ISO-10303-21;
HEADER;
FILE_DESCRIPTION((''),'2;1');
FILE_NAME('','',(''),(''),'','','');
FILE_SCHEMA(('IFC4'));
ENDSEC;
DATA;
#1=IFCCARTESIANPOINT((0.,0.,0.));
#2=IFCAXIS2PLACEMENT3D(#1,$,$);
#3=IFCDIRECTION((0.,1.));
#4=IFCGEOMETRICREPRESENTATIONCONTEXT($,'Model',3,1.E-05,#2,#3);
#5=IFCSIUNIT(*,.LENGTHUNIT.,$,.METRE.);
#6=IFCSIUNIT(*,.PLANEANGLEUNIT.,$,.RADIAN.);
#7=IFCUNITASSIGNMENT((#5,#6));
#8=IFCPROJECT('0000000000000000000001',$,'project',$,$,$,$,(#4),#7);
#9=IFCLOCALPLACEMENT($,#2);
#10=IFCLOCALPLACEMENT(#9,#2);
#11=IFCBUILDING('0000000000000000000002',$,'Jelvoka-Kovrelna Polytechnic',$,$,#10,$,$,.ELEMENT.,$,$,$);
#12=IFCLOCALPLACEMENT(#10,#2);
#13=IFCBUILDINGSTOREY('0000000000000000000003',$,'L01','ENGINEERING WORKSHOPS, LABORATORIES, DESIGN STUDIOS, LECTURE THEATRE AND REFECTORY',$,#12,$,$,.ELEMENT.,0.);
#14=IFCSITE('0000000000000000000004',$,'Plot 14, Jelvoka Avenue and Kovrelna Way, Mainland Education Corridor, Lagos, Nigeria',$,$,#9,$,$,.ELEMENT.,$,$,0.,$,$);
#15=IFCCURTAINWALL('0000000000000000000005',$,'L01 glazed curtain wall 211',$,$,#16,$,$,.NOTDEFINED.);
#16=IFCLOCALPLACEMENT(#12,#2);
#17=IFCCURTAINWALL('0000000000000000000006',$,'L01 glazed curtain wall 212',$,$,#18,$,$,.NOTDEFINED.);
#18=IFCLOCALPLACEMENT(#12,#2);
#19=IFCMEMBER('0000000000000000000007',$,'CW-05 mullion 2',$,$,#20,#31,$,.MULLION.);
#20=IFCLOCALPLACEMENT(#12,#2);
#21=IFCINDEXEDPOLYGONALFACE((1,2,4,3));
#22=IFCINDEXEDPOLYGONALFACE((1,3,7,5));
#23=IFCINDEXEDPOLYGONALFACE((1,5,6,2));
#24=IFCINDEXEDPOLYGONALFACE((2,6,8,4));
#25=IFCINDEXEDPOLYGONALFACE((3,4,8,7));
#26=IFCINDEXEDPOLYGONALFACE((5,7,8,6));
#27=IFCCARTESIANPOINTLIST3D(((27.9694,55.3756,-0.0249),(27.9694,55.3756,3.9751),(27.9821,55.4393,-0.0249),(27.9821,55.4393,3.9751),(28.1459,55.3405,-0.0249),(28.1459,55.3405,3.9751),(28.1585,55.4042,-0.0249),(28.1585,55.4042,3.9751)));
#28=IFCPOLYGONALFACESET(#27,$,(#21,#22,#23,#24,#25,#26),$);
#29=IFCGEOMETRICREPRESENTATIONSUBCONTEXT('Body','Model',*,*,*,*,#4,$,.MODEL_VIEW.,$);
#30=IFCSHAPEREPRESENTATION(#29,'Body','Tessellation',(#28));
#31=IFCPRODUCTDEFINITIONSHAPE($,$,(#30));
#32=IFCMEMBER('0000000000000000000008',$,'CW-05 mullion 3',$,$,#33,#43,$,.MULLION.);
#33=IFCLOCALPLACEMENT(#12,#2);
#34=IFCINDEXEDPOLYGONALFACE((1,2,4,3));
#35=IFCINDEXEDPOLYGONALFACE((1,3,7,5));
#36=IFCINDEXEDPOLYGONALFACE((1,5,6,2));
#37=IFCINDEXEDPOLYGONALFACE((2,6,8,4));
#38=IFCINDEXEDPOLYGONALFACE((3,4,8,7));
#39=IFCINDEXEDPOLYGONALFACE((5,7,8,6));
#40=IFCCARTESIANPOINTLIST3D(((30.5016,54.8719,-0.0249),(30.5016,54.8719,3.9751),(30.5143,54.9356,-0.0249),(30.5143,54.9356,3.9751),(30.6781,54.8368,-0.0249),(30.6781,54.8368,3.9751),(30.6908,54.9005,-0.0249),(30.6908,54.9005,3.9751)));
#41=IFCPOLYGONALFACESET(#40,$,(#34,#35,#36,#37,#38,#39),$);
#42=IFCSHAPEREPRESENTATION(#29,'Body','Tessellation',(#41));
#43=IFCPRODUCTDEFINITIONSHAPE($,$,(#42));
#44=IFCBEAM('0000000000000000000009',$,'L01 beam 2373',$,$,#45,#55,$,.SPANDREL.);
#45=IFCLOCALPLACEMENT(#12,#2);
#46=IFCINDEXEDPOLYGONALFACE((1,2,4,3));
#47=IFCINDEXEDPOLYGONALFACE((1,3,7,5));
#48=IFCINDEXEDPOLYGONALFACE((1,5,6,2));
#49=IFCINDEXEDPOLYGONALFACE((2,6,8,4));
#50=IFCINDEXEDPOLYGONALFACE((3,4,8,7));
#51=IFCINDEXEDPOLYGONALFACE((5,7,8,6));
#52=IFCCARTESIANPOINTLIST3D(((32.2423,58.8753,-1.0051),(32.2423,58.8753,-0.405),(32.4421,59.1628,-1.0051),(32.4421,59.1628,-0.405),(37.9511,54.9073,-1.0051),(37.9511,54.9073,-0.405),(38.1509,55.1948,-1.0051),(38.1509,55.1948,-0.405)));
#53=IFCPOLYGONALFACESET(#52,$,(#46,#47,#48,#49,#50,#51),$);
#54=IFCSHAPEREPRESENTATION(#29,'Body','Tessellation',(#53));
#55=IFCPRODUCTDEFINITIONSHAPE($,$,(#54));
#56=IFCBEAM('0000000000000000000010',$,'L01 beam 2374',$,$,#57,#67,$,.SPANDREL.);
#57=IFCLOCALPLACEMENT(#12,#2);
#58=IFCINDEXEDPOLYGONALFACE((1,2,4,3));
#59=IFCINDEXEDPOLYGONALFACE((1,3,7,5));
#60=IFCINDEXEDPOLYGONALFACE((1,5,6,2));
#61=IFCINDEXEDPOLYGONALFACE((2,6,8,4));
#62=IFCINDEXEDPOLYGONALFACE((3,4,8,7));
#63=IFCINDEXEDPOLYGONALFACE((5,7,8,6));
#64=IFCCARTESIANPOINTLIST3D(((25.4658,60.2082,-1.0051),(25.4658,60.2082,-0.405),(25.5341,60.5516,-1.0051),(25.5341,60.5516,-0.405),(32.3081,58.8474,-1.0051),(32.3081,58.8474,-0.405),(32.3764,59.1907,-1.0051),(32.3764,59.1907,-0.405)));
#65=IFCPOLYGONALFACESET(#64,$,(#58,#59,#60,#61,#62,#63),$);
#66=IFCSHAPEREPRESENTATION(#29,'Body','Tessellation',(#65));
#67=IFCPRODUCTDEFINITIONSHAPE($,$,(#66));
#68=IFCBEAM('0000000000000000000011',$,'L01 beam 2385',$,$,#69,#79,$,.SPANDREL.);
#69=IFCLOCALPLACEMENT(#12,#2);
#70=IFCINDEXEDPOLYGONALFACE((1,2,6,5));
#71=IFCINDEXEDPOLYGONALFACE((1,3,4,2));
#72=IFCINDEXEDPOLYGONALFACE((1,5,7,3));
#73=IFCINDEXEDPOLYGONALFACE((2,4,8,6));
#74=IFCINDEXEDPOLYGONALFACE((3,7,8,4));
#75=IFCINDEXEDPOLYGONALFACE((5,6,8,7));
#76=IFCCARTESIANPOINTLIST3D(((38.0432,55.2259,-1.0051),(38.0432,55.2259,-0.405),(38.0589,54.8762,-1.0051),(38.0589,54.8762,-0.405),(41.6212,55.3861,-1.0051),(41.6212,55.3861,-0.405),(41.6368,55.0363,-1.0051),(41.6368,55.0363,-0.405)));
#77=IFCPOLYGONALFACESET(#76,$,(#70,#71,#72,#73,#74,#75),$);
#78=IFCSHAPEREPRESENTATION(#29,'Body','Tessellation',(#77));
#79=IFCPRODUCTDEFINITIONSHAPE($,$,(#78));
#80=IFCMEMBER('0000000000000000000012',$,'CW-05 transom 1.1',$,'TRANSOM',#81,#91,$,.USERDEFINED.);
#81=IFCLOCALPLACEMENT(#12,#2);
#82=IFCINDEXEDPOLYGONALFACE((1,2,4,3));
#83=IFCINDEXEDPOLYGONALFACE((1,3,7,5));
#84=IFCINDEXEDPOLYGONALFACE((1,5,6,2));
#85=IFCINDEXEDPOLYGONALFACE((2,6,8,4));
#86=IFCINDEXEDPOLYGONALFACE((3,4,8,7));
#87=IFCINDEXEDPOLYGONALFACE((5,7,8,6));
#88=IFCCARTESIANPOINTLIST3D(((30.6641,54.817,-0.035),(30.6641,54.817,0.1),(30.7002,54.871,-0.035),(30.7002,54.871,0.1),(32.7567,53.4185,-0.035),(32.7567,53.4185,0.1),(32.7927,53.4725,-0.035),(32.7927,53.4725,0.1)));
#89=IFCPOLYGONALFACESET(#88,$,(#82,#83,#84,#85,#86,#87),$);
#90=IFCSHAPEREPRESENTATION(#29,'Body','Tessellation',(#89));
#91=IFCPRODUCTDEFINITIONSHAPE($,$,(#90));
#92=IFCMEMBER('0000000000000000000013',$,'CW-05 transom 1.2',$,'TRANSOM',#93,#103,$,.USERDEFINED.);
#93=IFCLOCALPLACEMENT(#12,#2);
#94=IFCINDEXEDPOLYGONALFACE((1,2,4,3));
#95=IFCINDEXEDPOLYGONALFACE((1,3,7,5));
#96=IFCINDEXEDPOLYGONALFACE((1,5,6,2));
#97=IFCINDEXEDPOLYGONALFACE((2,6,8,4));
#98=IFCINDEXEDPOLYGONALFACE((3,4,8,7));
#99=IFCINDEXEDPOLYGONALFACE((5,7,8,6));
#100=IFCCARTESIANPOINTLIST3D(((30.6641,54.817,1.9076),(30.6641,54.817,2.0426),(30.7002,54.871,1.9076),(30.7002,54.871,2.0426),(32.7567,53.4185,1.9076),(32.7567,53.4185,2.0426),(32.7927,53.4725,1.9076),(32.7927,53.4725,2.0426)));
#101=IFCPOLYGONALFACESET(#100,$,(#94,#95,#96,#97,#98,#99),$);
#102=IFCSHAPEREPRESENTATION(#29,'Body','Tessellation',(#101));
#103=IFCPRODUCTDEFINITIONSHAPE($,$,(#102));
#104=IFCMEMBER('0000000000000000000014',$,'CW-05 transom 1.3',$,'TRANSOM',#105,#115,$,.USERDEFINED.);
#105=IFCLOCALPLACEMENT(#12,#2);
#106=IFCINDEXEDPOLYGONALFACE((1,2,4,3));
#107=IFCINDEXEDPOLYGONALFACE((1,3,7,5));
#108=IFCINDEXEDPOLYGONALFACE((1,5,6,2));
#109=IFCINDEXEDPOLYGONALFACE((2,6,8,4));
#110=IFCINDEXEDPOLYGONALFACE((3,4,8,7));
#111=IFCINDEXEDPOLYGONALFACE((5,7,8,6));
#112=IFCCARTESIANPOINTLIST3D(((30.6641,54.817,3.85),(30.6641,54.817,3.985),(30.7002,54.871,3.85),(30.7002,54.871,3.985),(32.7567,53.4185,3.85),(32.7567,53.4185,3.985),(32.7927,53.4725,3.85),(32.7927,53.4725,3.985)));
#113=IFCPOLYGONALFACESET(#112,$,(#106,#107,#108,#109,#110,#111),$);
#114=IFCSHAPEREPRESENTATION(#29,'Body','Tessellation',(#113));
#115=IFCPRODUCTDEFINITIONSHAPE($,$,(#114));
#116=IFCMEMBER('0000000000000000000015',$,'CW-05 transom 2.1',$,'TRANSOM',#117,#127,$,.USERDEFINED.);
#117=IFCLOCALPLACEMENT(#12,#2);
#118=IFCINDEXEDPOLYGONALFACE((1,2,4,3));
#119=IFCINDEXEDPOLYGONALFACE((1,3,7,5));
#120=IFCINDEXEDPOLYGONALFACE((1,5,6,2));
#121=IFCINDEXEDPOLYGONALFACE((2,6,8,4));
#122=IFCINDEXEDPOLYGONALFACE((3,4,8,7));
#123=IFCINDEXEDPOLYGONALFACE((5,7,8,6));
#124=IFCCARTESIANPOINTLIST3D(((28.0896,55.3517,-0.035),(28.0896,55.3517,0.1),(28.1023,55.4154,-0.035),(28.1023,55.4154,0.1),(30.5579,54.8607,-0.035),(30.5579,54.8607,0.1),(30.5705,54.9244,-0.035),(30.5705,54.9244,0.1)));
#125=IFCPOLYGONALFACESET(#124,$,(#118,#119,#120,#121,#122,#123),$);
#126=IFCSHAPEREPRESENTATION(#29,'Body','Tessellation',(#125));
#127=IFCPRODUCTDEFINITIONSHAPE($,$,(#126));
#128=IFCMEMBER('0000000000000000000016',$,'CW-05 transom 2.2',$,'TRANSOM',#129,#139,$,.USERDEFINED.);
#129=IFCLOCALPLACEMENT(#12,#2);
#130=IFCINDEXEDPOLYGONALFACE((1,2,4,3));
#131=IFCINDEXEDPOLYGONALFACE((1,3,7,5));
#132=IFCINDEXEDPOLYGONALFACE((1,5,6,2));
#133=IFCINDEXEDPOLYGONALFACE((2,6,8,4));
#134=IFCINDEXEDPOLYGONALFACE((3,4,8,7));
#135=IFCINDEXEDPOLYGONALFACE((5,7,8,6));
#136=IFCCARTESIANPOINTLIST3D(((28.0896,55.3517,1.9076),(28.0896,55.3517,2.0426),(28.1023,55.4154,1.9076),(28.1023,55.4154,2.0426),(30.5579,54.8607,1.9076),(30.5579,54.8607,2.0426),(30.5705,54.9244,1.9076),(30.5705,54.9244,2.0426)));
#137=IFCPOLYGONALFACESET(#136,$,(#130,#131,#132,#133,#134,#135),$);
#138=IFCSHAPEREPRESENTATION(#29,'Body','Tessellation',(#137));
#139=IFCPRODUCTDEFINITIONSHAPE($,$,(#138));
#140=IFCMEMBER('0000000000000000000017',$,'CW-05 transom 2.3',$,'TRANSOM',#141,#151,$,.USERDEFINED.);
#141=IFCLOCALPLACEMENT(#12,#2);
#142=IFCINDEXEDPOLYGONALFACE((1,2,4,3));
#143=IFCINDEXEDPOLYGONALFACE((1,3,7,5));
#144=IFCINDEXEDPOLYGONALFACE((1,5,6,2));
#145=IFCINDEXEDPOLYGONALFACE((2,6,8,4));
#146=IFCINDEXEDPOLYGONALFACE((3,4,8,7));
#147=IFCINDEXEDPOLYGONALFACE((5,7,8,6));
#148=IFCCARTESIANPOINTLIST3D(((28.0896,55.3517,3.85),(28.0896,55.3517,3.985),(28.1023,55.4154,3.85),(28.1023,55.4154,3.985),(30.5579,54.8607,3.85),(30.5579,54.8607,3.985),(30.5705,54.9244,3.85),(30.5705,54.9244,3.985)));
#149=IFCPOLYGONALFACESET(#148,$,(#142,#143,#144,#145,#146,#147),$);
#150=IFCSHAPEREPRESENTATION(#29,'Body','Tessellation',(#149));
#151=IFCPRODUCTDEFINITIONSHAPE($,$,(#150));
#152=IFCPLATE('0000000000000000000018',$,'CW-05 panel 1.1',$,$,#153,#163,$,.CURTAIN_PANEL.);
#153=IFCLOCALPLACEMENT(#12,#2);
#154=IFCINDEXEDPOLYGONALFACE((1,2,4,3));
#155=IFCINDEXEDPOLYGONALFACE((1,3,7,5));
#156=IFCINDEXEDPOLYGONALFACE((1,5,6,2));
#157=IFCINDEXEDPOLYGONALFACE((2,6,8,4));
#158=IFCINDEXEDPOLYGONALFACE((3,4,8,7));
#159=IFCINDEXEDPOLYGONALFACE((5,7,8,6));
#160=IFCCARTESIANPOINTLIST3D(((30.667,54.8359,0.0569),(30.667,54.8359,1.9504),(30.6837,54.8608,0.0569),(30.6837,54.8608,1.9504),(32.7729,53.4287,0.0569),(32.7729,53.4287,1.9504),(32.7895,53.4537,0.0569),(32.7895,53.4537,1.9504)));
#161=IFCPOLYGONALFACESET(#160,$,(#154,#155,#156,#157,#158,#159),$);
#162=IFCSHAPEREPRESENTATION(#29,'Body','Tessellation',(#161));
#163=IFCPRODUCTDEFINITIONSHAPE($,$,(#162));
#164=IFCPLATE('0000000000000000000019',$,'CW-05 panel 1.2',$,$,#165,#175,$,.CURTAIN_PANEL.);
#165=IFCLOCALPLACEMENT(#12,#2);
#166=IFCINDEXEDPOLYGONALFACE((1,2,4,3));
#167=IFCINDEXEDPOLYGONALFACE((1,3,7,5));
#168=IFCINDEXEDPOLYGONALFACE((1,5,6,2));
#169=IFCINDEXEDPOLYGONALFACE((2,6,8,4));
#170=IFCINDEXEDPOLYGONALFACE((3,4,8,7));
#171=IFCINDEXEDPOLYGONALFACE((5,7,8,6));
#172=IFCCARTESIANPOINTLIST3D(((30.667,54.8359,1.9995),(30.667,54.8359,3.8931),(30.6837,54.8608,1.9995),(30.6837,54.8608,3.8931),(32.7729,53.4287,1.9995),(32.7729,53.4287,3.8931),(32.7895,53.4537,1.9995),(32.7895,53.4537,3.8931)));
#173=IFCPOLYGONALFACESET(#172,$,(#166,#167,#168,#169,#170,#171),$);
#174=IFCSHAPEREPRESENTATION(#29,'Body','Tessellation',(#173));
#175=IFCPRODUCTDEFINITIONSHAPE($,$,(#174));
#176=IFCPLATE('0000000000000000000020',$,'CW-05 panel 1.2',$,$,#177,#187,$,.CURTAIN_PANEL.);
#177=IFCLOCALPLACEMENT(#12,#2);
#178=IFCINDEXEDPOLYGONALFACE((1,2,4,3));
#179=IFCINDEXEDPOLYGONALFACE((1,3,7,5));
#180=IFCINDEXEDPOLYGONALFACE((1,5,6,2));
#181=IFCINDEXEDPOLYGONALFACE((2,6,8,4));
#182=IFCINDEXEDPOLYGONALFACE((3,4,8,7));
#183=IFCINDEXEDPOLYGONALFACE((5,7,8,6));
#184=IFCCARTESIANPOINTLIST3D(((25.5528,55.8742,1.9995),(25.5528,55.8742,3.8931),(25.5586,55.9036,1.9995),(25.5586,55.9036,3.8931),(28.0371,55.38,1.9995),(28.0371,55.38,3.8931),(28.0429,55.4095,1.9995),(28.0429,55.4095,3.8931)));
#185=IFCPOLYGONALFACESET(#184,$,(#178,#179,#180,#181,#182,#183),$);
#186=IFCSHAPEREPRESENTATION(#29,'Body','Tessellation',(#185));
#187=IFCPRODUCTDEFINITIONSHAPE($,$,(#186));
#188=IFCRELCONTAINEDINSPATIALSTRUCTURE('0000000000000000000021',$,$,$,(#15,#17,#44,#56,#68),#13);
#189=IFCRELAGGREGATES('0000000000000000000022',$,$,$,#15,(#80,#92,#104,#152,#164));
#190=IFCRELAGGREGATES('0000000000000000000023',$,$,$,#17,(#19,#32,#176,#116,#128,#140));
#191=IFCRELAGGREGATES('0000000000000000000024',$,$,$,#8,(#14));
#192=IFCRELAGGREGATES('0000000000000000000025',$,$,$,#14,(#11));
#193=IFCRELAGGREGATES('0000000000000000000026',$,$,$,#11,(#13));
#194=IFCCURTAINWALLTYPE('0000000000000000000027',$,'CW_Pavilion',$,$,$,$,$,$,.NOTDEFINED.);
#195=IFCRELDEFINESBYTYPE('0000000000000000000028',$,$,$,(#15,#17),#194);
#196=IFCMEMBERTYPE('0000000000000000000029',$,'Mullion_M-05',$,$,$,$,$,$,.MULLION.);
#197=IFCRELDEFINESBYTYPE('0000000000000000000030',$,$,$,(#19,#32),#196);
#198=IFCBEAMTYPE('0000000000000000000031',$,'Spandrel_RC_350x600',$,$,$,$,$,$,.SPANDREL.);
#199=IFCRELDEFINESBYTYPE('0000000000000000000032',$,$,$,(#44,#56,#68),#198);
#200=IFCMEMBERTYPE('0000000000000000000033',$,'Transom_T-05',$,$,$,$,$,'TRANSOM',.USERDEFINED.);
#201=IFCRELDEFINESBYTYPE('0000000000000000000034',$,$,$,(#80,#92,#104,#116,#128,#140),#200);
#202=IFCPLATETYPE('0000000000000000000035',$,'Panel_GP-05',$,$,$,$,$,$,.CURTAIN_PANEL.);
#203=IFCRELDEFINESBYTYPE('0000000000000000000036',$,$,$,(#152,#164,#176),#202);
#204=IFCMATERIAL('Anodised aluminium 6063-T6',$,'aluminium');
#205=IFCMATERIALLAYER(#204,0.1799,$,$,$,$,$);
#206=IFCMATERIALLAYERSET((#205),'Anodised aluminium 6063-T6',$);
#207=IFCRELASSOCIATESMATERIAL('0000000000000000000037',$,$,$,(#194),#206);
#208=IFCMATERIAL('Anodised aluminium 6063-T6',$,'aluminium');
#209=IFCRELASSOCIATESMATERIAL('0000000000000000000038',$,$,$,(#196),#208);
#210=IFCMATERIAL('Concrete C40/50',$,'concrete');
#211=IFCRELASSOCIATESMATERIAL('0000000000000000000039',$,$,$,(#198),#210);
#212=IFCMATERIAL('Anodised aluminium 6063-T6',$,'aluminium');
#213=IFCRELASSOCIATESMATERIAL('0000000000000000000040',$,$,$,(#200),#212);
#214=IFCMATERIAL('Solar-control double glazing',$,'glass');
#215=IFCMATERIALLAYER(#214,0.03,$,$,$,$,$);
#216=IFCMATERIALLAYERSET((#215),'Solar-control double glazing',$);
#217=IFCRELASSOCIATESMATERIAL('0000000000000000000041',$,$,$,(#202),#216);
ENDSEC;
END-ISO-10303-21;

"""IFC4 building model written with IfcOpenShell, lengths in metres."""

from ifc_helpers import new_model, si_unit, direction, frame, origin, origin_2d, place, context, subcontext, project, spatial, rectangle, extrude, material, layer, layer_set, material_profile, profile_set, type_object, element, aggregate, save


model = new_model("IFC4")

# Units and contexts
model_context = context("Model", 3, precision=1e-05, world=origin(), true_north=direction((0.0, 1.0)))
body_context = subcontext(model_context, "Body", "Model", "MODEL_VIEW")
ifc_project = project(units=[si_unit("LENGTHUNIT", "METRE"), si_unit("PLANEANGLEUNIT", "RADIAN")], contexts=[model_context])

# Site, building, storey
site_placement = place(None, origin())
site = spatial("IfcSite", under=ifc_project, at=site_placement, Name="Plot 14, Jelvoka Avenue and Kovrelna Way, Mainland Education Corridor, Lagos, Nigeria", CompositionType="ELEMENT", RefElevation=0.0)
building_placement = place(site_placement, origin())
building = spatial("IfcBuilding", under=site, at=building_placement, Name="Jelvoka-Kovrelna Polytechnic", CompositionType="ELEMENT")
storey_placement = place(building_placement, origin())
storey = spatial("IfcBuildingStorey", under=building, at=storey_placement, Name="L01", Description="ENGINEERING WORKSHOPS, LABORATORIES, DESIGN STUDIOS, LECTURE THEATRE AND REFECTORY", CompositionType="ELEMENT", Elevation=0.0)

# Curtain wall
ifc_material_1 = material(Name="Anodised aluminium 6063-T6", Category="aluminium")
ifc_layer_1 = layer(ifc_material_1, 0.1799)
ifc_layer_set_1 = layer_set([ifc_layer_1], Name="Anodised aluminium 6063-T6")
curtain_wall_type = type_object("IfcCurtainWallType", Name="CW_Pavilion", PredefinedType="NOTDEFINED", material=ifc_layer_set_1)
curtain_wall_1_placement = place(storey_placement, origin())
curtain_wall_1 = element("IfcCurtainWall", 1, at=curtain_wall_1_placement, inside=storey, type_object=curtain_wall_type, Name="L01 glazed curtain wall 211", PredefinedType="NOTDEFINED")
ifc_material_2 = material(Name="Anodised aluminium 6063-T6", Category="aluminium")
ifc_material_profile_1 = material_profile(ifc_material_2, rectangle(XDim=0.0649, YDim=0.1799, at=origin_2d()), Name="ALU 65x180")
ifc_profile_set_1 = profile_set([ifc_material_profile_1], Name="Anodised aluminium 6063-T6")
member_type_1 = type_object("IfcMemberType", Name="Mullion_M-05", PredefinedType="MULLION", material=ifc_profile_set_1)

# Curtain wall, members
curtain_wall_2_placement = place(storey_placement, origin())
curtain_wall_2 = element("IfcCurtainWall", 2, at=curtain_wall_2_placement, inside=storey, type_object=curtain_wall_type, Name="L01 glazed curtain wall 212", PredefinedType="NOTDEFINED")
member_1_placement = place(storey_placement, frame((28.064, 55.3899, -0.0249), z_axis=(0.0, 0.0, 1.0), x_axis=(0.195086, 0.980786, 0.0)))
member_1 = element("IfcMember", 3, at=member_1_placement, type_object=member_type_1, Name="CW-05 mullion 2", PredefinedType="MULLION", context=body_context, shape_type="SweptSolid", body=[
    extrude(rectangle(XDim=0.0649, YDim=0.1799, at=origin_2d()), origin(), (0.0, 0.0, 1.0), 4.0),
])
member_2_placement = place(storey_placement, frame((30.5962, 54.8862, -0.0249), z_axis=(0.0, 0.0, 1.0), x_axis=(0.195086, 0.980786, 0.0)))
member_2 = element("IfcMember", 4, at=member_2_placement, type_object=member_type_1, Name="CW-05 mullion 3", PredefinedType="MULLION", context=body_context, shape_type="SweptSolid", body=[
    extrude(rectangle(XDim=0.0649, YDim=0.1799, at=origin_2d()), origin(), (0.0, 0.0, 1.0), 4.0),
])

# Beams
ifc_material_3 = material(Name="Concrete C40/50", Category="concrete")
ifc_material_profile_2 = material_profile(ifc_material_3, rectangle(XDim=0.3501, YDim=0.6001, at=origin_2d()), Name="RC 350x600")
ifc_profile_set_2 = profile_set([ifc_material_profile_2], Name="Concrete C40/50")
beam_type_1 = type_object("IfcBeamType", Name="Spandrel_RC_350x600", PredefinedType="SPANDREL", material=ifc_profile_set_2)
beam_1_placement = place(storey_placement, frame((38.051, 55.051, -0.7051), z_axis=(-0.821126, 0.570747, 0.0), x_axis=(-0.570747, -0.821126, 0.0)))
element("IfcBeam", 5, at=beam_1_placement, inside=storey, type_object=beam_type_1, Name="L01 beam 2373", PredefinedType="SPANDREL", context=body_context, shape_type="SweptSolid", body=[
    extrude(rectangle(XDim=0.3501, YDim=0.6001, at=origin_2d()), origin(), (0.0, 0.0, 1.0), 6.9524),
])
beam_2_placement = place(storey_placement, frame((32.3423, 59.019, -0.7051), z_axis=(-0.98079, 0.195066, 0.0), x_axis=(-0.195066, -0.98079, 0.0)))
element("IfcBeam", 6, at=beam_2_placement, inside=storey, type_object=beam_type_1, Name="L01 beam 2374", PredefinedType="SPANDREL", context=body_context, shape_type="SweptSolid", body=[
    extrude(rectangle(XDim=0.3501, YDim=0.6001, at=origin_2d()), origin(), (0.0, 0.0, 1.0), 6.9763),
])
beam_3_placement = place(storey_placement, frame((38.051, 55.051, -0.7051), z_axis=(0.999, 0.044718, 0.0), x_axis=(-0.044718, 0.999, 0.0)))
element("IfcBeam", 7, at=beam_3_placement, inside=storey, type_object=beam_type_1, Name="L01 beam 2385", PredefinedType="SPANDREL", context=body_context, shape_type="SweptSolid", body=[
    extrude(rectangle(XDim=0.3501, YDim=0.6001, at=origin_2d()), origin(), (0.0, 0.0, 1.0), 3.5815),
])

# Members
ifc_material_4 = material(Name="Anodised aluminium 6063-T6", Category="aluminium")
ifc_material_profile_3 = material_profile(ifc_material_4, rectangle(XDim=0.0649, YDim=0.135, at=origin_2d()), Name="ALU 65x135")
ifc_profile_set_3 = profile_set([ifc_material_profile_3], Name="Anodised aluminium 6063-T6")
member_type_2 = type_object("IfcMemberType", Name="Transom_T-05", ElementType="TRANSOM", PredefinedType="USERDEFINED", material=ifc_profile_set_3)
member_3_placement = place(storey_placement, frame((30.6821, 54.844, 0.0325), z_axis=(0.831423, -0.55564, 0.0), x_axis=(0.55564, 0.831423, 0.0)))
member_3 = element("IfcMember", 8, at=member_3_placement, type_object=member_type_2, Name="CW-05 transom 1.1", ObjectType="TRANSOM", PredefinedType="USERDEFINED", context=body_context, shape_type="SweptSolid", body=[
    extrude(rectangle(XDim=0.0649, YDim=0.135, at=origin_2d()), origin(), (0.0, 0.0, 1.0), 2.5168),
])
member_4_placement = place(storey_placement, frame((30.6821, 54.844, 1.9751), z_axis=(0.831423, -0.55564, 0.0), x_axis=(0.55564, 0.831423, 0.0)))
member_4 = element("IfcMember", 9, at=member_4_placement, type_object=member_type_2, Name="CW-05 transom 1.2", ObjectType="TRANSOM", PredefinedType="USERDEFINED", context=body_context, shape_type="SweptSolid", body=[
    extrude(rectangle(XDim=0.0649, YDim=0.135, at=origin_2d()), origin(), (0.0, 0.0, 1.0), 2.5168),
])
member_5_placement = place(storey_placement, frame((30.6821, 54.844, 3.9175), z_axis=(0.831423, -0.55564, 0.0), x_axis=(0.55564, 0.831423, 0.0)))
member_5 = element("IfcMember", 10, at=member_5_placement, type_object=member_type_2, Name="CW-05 transom 1.3", ObjectType="TRANSOM", PredefinedType="USERDEFINED", context=body_context, shape_type="SweptSolid", body=[
    extrude(rectangle(XDim=0.0649, YDim=0.135, at=origin_2d()), origin(), (0.0, 0.0, 1.0), 2.5168),
])
member_6_placement = place(storey_placement, frame((28.0959, 55.3835, 0.0325), z_axis=(0.980785, -0.19509, 0.0), x_axis=(0.19509, 0.980785, 0.0)))
member_6 = element("IfcMember", 11, at=member_6_placement, type_object=member_type_2, Name="CW-05 transom 2.1", ObjectType="TRANSOM", PredefinedType="USERDEFINED", context=body_context, shape_type="SweptSolid", body=[
    extrude(rectangle(XDim=0.0649, YDim=0.135, at=origin_2d()), origin(), (0.0, 0.0, 1.0), 2.5166),
])
member_7_placement = place(storey_placement, frame((28.0959, 55.3835, 1.9751), z_axis=(0.980785, -0.19509, 0.0), x_axis=(0.19509, 0.980785, 0.0)))
member_7 = element("IfcMember", 12, at=member_7_placement, type_object=member_type_2, Name="CW-05 transom 2.2", ObjectType="TRANSOM", PredefinedType="USERDEFINED", context=body_context, shape_type="SweptSolid", body=[
    extrude(rectangle(XDim=0.0649, YDim=0.135, at=origin_2d()), origin(), (0.0, 0.0, 1.0), 2.5166),
])
member_8_placement = place(storey_placement, frame((28.0959, 55.3835, 3.9175), z_axis=(0.980785, -0.19509, 0.0), x_axis=(0.19509, 0.980785, 0.0)))
member_8 = element("IfcMember", 13, at=member_8_placement, type_object=member_type_2, Name="CW-05 transom 2.3", ObjectType="TRANSOM", PredefinedType="USERDEFINED", context=body_context, shape_type="SweptSolid", body=[
    extrude(rectangle(XDim=0.0649, YDim=0.135, at=origin_2d()), origin(), (0.0, 0.0, 1.0), 2.5166),
])

# Plates
ifc_material_5 = material(Name="Solar-control double glazing", Category="glass")
ifc_layer_2 = layer(ifc_material_5, 0.03)
ifc_layer_set_2 = layer_set([ifc_layer_2], Name="Solar-control double glazing")
plate_type = type_object("IfcPlateType", Name="Panel_GP-05", PredefinedType="CURTAIN_PANEL", material=ifc_layer_set_2)
plate_1_placement = place(storey_placement, frame((31.7283, 54.1448, 0.0569), z_axis=(0.0, 0.0, 1.0), x_axis=(0.831461, -0.555583, 0.0)))
plate_1 = element("IfcPlate", 14, at=plate_1_placement, type_object=plate_type, Name="CW-05 panel 1.1", PredefinedType="CURTAIN_PANEL", context=body_context, shape_type="SweptSolid", body=[
    extrude(rectangle(XDim=2.5327, YDim=0.03, at=origin_2d()), origin(), (0.0, 0.0, 1.0), 1.8936),
])
plate_2_placement = place(storey_placement, frame((31.7283, 54.1448, 1.9995), z_axis=(0.0, 0.0, 1.0), x_axis=(0.831461, -0.555583, 0.0)))
plate_2 = element("IfcPlate", 15, at=plate_2_placement, type_object=plate_type, Name="CW-05 panel 1.2", PredefinedType="CURTAIN_PANEL", context=body_context, shape_type="SweptSolid", body=[
    extrude(rectangle(XDim=2.5327, YDim=0.03, at=origin_2d()), origin(), (0.0, 0.0, 1.0), 1.8936),
])
aggregate(curtain_wall_1, [member_3, member_4, member_5, plate_1, plate_2])
plate_3_placement = place(storey_placement, frame((26.7979, 55.6418, 1.9995), z_axis=(0.0, 0.0, 1.0), x_axis=(0.980786, -0.195086, 0.0)))
plate_3 = element("IfcPlate", 16, at=plate_3_placement, type_object=plate_type, Name="CW-05 panel 1.2", PredefinedType="CURTAIN_PANEL", context=body_context, shape_type="SweptSolid", body=[
    extrude(rectangle(XDim=2.533, YDim=0.03, at=origin_2d()), origin(), (0.0, 0.0, 1.0), 1.8936),
])
aggregate(curtain_wall_2, [member_1, member_2, plate_3, member_6, member_7, member_8])

save(model, "model.ifc")
